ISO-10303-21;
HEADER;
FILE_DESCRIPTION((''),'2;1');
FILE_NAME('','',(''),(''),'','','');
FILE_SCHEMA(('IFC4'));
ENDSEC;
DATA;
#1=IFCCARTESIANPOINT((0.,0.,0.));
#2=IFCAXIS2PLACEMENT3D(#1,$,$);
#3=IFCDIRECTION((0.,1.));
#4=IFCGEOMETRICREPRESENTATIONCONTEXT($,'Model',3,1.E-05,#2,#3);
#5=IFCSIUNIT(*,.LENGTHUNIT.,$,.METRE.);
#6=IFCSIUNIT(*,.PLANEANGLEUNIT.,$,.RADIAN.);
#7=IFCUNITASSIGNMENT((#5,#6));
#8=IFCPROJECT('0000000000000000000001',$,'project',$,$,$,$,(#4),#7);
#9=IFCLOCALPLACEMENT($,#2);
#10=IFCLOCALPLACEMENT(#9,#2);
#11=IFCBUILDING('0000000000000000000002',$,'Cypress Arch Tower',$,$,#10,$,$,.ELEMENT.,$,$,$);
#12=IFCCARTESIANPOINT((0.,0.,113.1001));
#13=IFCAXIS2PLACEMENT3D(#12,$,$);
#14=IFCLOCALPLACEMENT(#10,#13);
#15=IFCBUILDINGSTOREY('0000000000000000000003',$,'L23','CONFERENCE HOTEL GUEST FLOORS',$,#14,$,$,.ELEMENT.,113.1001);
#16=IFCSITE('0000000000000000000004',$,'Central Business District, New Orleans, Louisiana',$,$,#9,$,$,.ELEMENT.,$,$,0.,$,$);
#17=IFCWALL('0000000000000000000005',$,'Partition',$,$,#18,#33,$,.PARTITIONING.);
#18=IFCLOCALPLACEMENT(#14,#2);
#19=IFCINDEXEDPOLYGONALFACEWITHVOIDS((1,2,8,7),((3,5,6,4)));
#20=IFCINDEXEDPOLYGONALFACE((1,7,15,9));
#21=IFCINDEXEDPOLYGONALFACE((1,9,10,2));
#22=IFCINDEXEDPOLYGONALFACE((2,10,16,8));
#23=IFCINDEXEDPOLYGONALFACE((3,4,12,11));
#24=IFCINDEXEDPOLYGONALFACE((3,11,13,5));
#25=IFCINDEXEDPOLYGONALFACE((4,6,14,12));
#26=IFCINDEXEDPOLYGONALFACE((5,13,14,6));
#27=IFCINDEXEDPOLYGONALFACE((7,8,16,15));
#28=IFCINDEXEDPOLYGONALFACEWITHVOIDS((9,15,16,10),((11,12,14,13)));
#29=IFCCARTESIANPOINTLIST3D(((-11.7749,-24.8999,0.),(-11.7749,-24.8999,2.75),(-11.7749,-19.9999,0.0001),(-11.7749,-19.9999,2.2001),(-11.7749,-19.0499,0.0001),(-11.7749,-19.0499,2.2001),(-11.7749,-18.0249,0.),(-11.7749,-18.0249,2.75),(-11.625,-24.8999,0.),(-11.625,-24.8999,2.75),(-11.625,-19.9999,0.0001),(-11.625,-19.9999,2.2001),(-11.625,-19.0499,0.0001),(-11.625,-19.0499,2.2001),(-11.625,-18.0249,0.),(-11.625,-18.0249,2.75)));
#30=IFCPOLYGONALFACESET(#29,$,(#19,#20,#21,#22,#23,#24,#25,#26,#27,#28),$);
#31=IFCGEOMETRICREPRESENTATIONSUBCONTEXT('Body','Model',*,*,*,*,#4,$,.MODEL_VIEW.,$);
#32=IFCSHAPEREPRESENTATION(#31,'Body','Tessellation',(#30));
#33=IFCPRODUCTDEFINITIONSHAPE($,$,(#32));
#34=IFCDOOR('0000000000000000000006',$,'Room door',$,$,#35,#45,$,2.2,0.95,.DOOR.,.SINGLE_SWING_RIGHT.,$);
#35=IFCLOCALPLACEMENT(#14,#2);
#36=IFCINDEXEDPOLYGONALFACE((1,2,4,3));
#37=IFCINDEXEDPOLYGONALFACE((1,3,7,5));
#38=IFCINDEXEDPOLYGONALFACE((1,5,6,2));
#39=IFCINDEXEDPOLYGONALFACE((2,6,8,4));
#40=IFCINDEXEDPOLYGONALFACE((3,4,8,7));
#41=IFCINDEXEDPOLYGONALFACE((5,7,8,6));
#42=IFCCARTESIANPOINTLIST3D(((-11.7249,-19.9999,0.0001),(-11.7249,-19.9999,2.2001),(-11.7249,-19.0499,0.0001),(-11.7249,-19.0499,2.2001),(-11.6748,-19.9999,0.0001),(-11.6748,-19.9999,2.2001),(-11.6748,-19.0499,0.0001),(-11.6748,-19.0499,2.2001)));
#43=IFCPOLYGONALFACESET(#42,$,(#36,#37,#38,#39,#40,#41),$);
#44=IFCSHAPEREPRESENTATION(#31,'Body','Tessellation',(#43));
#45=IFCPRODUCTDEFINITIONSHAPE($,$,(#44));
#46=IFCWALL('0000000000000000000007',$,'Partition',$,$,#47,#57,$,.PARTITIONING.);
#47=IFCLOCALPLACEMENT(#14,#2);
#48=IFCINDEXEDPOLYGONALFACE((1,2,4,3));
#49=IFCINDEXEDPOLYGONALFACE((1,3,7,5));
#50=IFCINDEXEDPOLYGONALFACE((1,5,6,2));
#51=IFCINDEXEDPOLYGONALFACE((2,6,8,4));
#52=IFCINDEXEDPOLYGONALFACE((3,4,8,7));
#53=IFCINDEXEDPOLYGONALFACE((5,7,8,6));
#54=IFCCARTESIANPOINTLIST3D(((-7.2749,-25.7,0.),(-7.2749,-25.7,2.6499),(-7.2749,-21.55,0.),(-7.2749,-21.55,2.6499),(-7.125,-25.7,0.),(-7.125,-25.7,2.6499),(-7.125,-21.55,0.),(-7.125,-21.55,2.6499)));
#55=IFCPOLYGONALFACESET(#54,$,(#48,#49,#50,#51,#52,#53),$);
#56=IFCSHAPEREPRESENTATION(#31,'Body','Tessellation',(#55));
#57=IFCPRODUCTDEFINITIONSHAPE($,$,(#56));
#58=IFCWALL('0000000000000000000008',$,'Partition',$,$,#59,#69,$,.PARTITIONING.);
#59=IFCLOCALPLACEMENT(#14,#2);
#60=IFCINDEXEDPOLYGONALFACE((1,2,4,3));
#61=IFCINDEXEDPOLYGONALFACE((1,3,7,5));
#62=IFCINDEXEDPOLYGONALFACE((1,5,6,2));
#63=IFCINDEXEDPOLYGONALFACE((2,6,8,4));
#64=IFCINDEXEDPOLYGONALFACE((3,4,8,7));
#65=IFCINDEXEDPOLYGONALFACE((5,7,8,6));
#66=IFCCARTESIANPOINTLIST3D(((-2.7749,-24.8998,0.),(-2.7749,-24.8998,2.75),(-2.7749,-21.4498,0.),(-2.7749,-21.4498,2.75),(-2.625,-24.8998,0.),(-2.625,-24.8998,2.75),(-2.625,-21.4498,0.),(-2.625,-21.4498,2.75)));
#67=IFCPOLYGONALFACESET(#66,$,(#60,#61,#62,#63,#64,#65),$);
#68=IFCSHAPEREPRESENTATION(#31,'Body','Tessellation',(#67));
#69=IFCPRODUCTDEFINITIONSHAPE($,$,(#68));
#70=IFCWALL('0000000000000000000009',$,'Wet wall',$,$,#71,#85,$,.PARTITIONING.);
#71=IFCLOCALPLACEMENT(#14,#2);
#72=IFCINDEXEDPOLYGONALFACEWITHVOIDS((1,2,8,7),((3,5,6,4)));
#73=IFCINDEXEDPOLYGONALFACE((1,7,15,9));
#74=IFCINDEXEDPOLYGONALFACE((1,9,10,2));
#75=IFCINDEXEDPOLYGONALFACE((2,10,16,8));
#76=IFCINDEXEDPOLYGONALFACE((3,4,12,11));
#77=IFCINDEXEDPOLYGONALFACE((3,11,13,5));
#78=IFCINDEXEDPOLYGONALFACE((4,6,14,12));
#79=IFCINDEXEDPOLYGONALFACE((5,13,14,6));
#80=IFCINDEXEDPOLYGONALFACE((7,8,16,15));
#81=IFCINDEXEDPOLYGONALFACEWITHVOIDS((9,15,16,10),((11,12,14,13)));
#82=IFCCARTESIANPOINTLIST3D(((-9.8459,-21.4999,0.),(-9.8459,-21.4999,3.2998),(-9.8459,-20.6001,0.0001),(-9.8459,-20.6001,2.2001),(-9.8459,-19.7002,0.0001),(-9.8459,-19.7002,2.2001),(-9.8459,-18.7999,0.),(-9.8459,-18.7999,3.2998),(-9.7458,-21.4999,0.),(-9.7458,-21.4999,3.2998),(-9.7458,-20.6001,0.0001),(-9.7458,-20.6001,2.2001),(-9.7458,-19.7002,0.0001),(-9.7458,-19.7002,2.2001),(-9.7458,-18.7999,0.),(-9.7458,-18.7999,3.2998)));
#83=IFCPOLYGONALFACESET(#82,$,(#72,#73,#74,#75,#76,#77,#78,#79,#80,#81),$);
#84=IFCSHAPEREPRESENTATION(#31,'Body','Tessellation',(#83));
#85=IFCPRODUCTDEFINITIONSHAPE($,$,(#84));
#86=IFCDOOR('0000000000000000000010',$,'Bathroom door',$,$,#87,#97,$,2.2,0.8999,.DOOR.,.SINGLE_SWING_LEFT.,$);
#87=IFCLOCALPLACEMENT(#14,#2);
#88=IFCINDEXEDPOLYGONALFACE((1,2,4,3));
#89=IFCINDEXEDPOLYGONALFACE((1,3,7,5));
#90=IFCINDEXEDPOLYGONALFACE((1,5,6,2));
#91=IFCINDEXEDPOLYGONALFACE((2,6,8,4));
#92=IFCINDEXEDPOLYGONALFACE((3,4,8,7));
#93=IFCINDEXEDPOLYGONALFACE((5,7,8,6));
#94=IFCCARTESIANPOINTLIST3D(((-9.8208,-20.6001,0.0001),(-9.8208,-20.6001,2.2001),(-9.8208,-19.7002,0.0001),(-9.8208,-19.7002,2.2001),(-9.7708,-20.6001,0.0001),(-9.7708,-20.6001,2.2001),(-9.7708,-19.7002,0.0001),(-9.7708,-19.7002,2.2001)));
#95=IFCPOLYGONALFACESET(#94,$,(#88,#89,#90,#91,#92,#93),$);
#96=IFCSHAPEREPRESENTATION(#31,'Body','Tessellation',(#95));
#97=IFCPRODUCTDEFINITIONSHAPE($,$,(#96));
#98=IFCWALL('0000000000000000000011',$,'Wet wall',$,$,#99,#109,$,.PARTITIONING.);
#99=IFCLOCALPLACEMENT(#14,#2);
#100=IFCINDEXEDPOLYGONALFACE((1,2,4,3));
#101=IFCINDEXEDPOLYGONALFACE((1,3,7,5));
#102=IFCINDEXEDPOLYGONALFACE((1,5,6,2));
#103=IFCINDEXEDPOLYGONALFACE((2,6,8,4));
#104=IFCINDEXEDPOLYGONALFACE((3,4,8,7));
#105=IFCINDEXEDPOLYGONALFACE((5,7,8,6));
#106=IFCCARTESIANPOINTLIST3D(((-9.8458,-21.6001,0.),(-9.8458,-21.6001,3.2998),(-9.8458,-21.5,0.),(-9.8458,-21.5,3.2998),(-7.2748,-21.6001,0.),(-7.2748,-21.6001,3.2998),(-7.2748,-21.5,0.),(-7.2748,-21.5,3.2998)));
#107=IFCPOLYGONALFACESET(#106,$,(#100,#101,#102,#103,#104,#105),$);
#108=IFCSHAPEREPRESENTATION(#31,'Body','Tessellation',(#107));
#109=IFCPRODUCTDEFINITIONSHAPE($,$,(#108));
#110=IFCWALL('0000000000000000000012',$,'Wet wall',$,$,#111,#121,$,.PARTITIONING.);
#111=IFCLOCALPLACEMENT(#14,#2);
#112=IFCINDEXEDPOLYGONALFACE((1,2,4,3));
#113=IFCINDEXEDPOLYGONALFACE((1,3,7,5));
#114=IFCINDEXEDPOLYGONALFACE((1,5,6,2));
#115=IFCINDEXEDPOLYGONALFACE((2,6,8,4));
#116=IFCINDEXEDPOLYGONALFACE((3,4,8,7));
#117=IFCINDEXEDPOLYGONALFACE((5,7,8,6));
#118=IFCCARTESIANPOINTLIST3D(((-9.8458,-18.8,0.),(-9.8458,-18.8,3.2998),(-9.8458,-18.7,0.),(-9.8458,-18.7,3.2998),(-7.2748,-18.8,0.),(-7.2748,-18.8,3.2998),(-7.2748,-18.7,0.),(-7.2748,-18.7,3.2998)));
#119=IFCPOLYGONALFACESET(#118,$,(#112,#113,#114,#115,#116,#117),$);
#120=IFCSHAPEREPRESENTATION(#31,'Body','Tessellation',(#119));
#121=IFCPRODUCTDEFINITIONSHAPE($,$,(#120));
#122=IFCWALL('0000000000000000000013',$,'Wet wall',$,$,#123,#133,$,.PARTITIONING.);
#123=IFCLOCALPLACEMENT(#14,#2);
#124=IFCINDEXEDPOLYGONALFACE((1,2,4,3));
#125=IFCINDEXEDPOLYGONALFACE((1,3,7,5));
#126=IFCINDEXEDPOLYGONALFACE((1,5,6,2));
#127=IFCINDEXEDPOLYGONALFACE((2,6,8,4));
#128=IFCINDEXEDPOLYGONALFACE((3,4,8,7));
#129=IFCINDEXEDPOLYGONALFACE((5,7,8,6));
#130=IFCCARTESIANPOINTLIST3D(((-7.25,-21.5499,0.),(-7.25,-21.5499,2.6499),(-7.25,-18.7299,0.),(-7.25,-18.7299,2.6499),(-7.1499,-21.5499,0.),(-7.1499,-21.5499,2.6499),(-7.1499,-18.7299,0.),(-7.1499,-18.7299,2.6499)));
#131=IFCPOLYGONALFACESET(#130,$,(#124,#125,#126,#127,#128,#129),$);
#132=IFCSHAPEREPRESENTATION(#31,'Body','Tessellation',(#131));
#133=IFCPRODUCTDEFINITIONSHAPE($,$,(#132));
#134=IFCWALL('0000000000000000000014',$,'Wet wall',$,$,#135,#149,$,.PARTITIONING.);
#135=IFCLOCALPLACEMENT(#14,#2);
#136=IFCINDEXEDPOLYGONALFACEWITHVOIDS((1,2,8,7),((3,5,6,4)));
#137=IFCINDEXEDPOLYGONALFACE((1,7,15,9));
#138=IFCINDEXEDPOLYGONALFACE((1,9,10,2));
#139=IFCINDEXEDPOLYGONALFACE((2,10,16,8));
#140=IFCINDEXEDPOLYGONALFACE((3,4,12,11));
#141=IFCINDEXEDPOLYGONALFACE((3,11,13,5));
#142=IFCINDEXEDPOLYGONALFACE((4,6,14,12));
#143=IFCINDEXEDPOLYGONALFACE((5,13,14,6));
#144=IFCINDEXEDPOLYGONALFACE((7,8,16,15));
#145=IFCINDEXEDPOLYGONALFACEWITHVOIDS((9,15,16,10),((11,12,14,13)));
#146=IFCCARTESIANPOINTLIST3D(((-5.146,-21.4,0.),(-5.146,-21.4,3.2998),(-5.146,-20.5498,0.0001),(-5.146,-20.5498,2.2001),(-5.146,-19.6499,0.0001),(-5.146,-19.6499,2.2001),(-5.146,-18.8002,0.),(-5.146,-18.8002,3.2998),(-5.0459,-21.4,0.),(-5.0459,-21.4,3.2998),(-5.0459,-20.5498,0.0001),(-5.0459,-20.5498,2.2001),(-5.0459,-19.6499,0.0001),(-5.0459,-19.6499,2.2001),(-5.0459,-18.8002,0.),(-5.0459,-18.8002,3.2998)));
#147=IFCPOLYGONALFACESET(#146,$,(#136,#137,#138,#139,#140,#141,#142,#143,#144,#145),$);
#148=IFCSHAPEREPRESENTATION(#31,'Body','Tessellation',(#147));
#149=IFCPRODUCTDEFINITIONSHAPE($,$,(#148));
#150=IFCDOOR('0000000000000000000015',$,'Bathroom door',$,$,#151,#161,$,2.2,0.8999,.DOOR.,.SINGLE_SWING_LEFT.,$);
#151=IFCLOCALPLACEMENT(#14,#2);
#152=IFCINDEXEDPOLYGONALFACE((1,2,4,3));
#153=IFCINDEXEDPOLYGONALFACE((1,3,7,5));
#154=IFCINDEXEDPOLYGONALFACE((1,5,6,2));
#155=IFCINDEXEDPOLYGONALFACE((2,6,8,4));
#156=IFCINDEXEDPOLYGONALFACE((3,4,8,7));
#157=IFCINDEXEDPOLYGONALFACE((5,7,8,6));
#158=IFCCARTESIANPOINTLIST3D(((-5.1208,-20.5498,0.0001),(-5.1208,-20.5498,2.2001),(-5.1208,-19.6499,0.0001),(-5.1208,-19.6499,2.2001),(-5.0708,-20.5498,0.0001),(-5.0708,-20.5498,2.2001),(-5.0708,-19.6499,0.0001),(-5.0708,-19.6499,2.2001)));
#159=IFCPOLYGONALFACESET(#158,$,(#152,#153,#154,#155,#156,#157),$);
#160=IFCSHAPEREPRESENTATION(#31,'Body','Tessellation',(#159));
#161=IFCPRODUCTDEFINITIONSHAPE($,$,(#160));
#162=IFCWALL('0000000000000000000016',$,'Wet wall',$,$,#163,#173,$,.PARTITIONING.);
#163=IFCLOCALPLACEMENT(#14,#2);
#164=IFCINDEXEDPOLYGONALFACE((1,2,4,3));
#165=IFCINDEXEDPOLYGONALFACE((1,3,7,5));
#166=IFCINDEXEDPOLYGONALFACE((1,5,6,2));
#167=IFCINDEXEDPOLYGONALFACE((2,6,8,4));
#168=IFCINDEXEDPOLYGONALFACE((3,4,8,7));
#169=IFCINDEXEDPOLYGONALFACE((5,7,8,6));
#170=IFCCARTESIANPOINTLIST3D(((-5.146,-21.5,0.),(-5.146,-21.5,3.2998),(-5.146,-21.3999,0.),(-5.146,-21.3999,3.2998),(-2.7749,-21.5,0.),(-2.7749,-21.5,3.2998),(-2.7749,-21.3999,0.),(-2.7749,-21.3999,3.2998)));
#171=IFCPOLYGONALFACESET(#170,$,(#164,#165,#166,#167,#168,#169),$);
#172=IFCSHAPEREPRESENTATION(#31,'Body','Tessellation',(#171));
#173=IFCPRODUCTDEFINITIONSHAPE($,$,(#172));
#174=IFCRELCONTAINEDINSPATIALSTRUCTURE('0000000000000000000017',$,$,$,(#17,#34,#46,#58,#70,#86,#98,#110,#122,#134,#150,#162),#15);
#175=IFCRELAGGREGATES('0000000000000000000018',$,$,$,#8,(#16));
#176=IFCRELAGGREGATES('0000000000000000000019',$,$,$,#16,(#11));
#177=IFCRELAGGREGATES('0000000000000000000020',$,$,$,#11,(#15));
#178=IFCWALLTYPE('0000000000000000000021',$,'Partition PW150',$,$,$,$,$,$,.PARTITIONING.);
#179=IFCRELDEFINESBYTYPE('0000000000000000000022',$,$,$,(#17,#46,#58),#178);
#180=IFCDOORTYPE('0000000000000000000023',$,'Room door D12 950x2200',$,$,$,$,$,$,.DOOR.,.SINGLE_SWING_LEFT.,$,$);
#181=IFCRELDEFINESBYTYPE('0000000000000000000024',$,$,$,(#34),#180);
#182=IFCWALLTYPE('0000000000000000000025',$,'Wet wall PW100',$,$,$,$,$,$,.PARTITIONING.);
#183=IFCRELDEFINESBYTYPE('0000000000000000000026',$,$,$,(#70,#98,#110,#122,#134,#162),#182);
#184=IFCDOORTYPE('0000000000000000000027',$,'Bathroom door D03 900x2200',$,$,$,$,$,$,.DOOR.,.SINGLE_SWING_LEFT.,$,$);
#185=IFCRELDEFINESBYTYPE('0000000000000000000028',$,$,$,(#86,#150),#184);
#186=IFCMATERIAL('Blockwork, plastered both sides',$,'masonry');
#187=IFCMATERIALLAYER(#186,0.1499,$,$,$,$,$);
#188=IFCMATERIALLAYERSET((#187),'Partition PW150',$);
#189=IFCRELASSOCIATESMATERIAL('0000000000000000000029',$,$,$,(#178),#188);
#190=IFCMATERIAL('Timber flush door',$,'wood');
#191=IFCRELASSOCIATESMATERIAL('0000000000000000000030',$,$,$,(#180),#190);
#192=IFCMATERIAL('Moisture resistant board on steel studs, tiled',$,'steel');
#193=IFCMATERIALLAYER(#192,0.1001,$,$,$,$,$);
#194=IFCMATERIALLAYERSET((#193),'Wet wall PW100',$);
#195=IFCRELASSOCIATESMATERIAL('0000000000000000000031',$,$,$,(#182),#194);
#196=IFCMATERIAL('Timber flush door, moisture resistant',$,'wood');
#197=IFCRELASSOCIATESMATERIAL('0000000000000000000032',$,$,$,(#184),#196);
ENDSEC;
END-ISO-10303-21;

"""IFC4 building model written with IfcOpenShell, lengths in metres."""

from ifc_helpers import new_model, si_unit, direction, frame, frame_2d, origin, place, context, subcontext, project, spatial, rectangle, extrude, material, layer, layer_set, type_object, element, fill, save


model = new_model("IFC4")

# Units and contexts
model_context = context("Model", 3, precision=1e-05, world=origin(), true_north=direction((0.0, 1.0)))
body_context = subcontext(model_context, "Body", "Model", "MODEL_VIEW")
ifc_project = project(units=[si_unit("LENGTHUNIT", "METRE"), si_unit("PLANEANGLEUNIT", "RADIAN")], contexts=[model_context])

# Site, building, storey
site_placement = place(None, origin())
site = spatial("IfcSite", under=ifc_project, at=site_placement, Name="Central Business District, New Orleans, Louisiana", CompositionType="ELEMENT", RefElevation=0.0)
building_placement = place(site_placement, origin())
building = spatial("IfcBuilding", under=site, at=building_placement, Name="Cypress Arch Tower", CompositionType="ELEMENT")
storey_placement = place(building_placement, frame((0.0, 0.0, 113.1001)))
storey = spatial("IfcBuildingStorey", under=building, at=storey_placement, Name="L23", Description="CONFERENCE HOTEL GUEST FLOORS", CompositionType="ELEMENT", Elevation=113.1001)

# Shared definitions
ifc_material_1 = material(Name="Blockwork, plastered both sides", Category="masonry")
ifc_layer_1 = layer(ifc_material_1, 0.1499)
ifc_layer_set_1 = layer_set([ifc_layer_1], Name="Partition PW150")
wall_type_1 = type_object("IfcWallType", Name="Partition PW150", PredefinedType="PARTITIONING", material=ifc_layer_set_1)

# Wall, opening, door
wall_1_placement = place(storey_placement, frame((-11.7, -24.8999, 0.0), z_axis=(0.0, 0.0, 1.0), x_axis=(0.0, 1.0, 0.0)))
wall_1 = element("IfcWall", 1, at=wall_1_placement, inside=storey, type_object=wall_type_1, Name="Partition", PredefinedType="PARTITIONING", context=body_context, shape_type="SweptSolid", body=[
    extrude(rectangle(XDim=6.875, YDim=0.1499, at=frame_2d((3.4375, 0.0))), origin(), (0.0, 0.0, 1.0), 2.75),
])
opening_1_placement = place(wall_1_placement, frame((4.8999, 0.0, 0.0)))
opening_1 = element("IfcOpeningElement", 2, at=opening_1_placement, cuts=wall_1, PredefinedType="OPENING", context=body_context, shape_type="SweptSolid", body=[
    extrude(rectangle(XDim=0.95, YDim=2.2, at=frame_2d((0.4751, 1.1001))), frame((0.0, 0.085, 0.0), z_axis=(0.0, -1.0, 0.0), x_axis=(1.0, 0.0, 0.0)), (0.0, 0.0, 1.0), 0.1699),
])
ifc_material_2 = material(Name="Timber flush door", Category="wood")
door_type_1 = type_object("IfcDoorType", Name="Room door D12 950x2200", OperationType="SINGLE_SWING_LEFT", PredefinedType="DOOR", material=ifc_material_2)
door_1_placement = place(opening_1_placement, origin())
door_1 = element("IfcDoor", 3, at=door_1_placement, inside=storey, type_object=door_type_1, Name="Room door", OperationType="SINGLE_SWING_RIGHT", OverallHeight=2.2, OverallWidth=0.95, PredefinedType="DOOR", context=body_context, shape_type="SweptSolid", body=[
    extrude(rectangle(XDim=0.95, YDim=2.2, at=frame_2d((0.4751, 1.1001))), frame((0.0, 0.0249, 0.0), z_axis=(0.0, -1.0, 0.0), x_axis=(1.0, 0.0, 0.0)), (0.0, 0.0, 1.0), 0.05),
])
fill(opening_1, door_1)

# Walls
wall_2_placement = place(storey_placement, frame((-7.2, -25.7, 0.0), z_axis=(0.0, 0.0, 1.0), x_axis=(0.0, 1.0, 0.0)))
element("IfcWall", 4, at=wall_2_placement, inside=storey, type_object=wall_type_1, Name="Partition", PredefinedType="PARTITIONING", context=body_context, shape_type="SweptSolid", body=[
    extrude(rectangle(XDim=4.1499, YDim=0.1499, at=frame_2d((2.075, 0.0))), origin(), (0.0, 0.0, 1.0), 2.6499),
])
wall_3_placement = place(storey_placement, frame((-2.7, -24.8999, 0.0), z_axis=(0.0, 0.0, 1.0), x_axis=(0.0, 1.0, 0.0)))
element("IfcWall", 5, at=wall_3_placement, inside=storey, type_object=wall_type_1, Name="Partition", PredefinedType="PARTITIONING", context=body_context, shape_type="SweptSolid", body=[
    extrude(rectangle(XDim=3.45, YDim=0.1499, at=frame_2d((1.7251, 0.0))), origin(), (0.0, 0.0, 1.0), 2.75),
])

# Wall, opening, door
ifc_material_3 = material(Name="Moisture resistant board on steel studs, tiled", Category="steel")
ifc_layer_2 = layer(ifc_material_3, 0.1001)
ifc_layer_set_2 = layer_set([ifc_layer_2], Name="Wet wall PW100")
wall_type_2 = type_object("IfcWallType", Name="Wet wall PW100", PredefinedType="PARTITIONING", material=ifc_layer_set_2)
wall_4_placement = place(storey_placement, frame((-9.7959, -21.5, 0.0), z_axis=(0.0, 0.0, 1.0), x_axis=(0.0, 1.0, 0.0)))
wall_4 = element("IfcWall", 6, at=wall_4_placement, inside=storey, type_object=wall_type_2, Name="Wet wall", PredefinedType="PARTITIONING", context=body_context, shape_type="SweptSolid", body=[
    extrude(rectangle(XDim=2.7, YDim=0.1001, at=frame_2d((1.3501, 0.0))), origin(), (0.0, 0.0, 1.0), 3.2998),
])
opening_2_placement = place(wall_4_placement, frame((0.8999, 0.0, 0.0)))
opening_2 = element("IfcOpeningElement", 7, at=opening_2_placement, cuts=wall_4, PredefinedType="OPENING", context=body_context, shape_type="SweptSolid", body=[
    extrude(rectangle(XDim=0.8999, YDim=2.2, at=frame_2d((0.45, 1.1001))), frame((0.0, 0.0601, 0.0), z_axis=(0.0, -1.0, 0.0), x_axis=(1.0, 0.0, 0.0)), (0.0, 0.0, 1.0), 0.1201),
])
ifc_material_4 = material(Name="Timber flush door, moisture resistant", Category="wood")
door_type_2 = type_object("IfcDoorType", Name="Bathroom door D03 900x2200", OperationType="SINGLE_SWING_LEFT", PredefinedType="DOOR", material=ifc_material_4)
door_2_placement = place(opening_2_placement, origin())
door_2 = element("IfcDoor", 8, at=door_2_placement, inside=storey, type_object=door_type_2, Name="Bathroom door", OperationType="SINGLE_SWING_LEFT", OverallHeight=2.2, OverallWidth=0.8999, PredefinedType="DOOR", context=body_context, shape_type="SweptSolid", body=[
    extrude(rectangle(XDim=0.8999, YDim=2.2, at=frame_2d((0.45, 1.1001))), frame((0.0, 0.0249, 0.0), z_axis=(0.0, -1.0, 0.0), x_axis=(1.0, 0.0, 0.0)), (0.0, 0.0, 1.0), 0.05),
])
fill(opening_2, door_2)

# Walls
for number, where, z_axis, x_axis, name in (
    (9, (-9.8459, -21.55, 0.0), (0.0, 0.0, 1.0), (1.0, 0.0, 0.0), "Wet wall"),
    (10, (-9.8459, -18.75, 0.0), (0.0, 0.0, 1.0), (1.0, 0.0, 0.0), "Wet wall"),
):
    element("IfcWall", number, at=place(storey_placement, frame(where, z_axis=z_axis, x_axis=x_axis)), inside=storey, type_object=wall_type_2, Name=name, PredefinedType="PARTITIONING", context=body_context, shape_type="SweptSolid", body=[
        extrude(rectangle(XDim=2.571, YDim=0.1001, at=frame_2d((1.2856, 0.0))), origin(), (0.0, 0.0, 1.0), 3.2998),
    ])
wall_5_placement = place(storey_placement, frame((-7.2, -21.55, 0.0), z_axis=(0.0, 0.0, 1.0), x_axis=(0.0, 1.0, 0.0)))
element("IfcWall", 11, at=wall_5_placement, inside=storey, type_object=wall_type_2, Name="Wet wall", PredefinedType="PARTITIONING", context=body_context, shape_type="SweptSolid", body=[
    extrude(rectangle(XDim=2.8201, YDim=0.1001, at=frame_2d((1.4102, 0.0))), origin(), (0.0, 0.0, 1.0), 2.6499),
])

# Wall, opening, door
wall_6_placement = place(storey_placement, frame((-5.0959, -21.3999, 0.0), z_axis=(0.0, 0.0, 1.0), x_axis=(0.0, 1.0, 0.0)))
wall_6 = element("IfcWall", 12, at=wall_6_placement, inside=storey, type_object=wall_type_2, Name="Wet wall", PredefinedType="PARTITIONING", context=body_context, shape_type="SweptSolid", body=[
    extrude(rectangle(XDim=2.5999, YDim=0.1001, at=frame_2d((1.2998, 0.0))), origin(), (0.0, 0.0, 1.0), 3.2998),
])
opening_3_placement = place(wall_6_placement, frame((0.8501, 0.0, 0.0)))
opening_3 = element("IfcOpeningElement", 13, at=opening_3_placement, cuts=wall_6, PredefinedType="OPENING", context=body_context, shape_type="SweptSolid", body=[
    extrude(rectangle(XDim=0.8999, YDim=2.2, at=frame_2d((0.45, 1.1001))), frame((0.0, 0.0601, 0.0), z_axis=(0.0, -1.0, 0.0), x_axis=(1.0, 0.0, 0.0)), (0.0, 0.0, 1.0), 0.1201),
])
door_3_placement = place(opening_3_placement, origin())
door_3 = element("IfcDoor", 14, at=door_3_placement, inside=storey, type_object=door_type_2, Name="Bathroom door", OperationType="SINGLE_SWING_LEFT", OverallHeight=2.2, OverallWidth=0.8999, PredefinedType="DOOR", context=body_context, shape_type="SweptSolid", body=[
    extrude(rectangle(XDim=0.8999, YDim=2.2, at=frame_2d((0.45, 1.1001))), frame((0.0, 0.0249, 0.0), z_axis=(0.0, -1.0, 0.0), x_axis=(1.0, 0.0, 0.0)), (0.0, 0.0, 1.0), 0.05),
])
fill(opening_3, door_3)

# Wall
wall_7_placement = place(storey_placement, frame((-5.146, -21.45, 0.0), z_axis=(0.0, 0.0, 1.0), x_axis=(1.0, 0.0, 0.0)))
element("IfcWall", 15, at=wall_7_placement, inside=storey, type_object=wall_type_2, Name="Wet wall", PredefinedType="PARTITIONING", context=body_context, shape_type="SweptSolid", body=[
    extrude(rectangle(XDim=2.3711, YDim=0.1001, at=frame_2d((1.1855, 0.0))), origin(), (0.0, 0.0, 1.0), 3.2998),
])

save(model, "model.ifc")
